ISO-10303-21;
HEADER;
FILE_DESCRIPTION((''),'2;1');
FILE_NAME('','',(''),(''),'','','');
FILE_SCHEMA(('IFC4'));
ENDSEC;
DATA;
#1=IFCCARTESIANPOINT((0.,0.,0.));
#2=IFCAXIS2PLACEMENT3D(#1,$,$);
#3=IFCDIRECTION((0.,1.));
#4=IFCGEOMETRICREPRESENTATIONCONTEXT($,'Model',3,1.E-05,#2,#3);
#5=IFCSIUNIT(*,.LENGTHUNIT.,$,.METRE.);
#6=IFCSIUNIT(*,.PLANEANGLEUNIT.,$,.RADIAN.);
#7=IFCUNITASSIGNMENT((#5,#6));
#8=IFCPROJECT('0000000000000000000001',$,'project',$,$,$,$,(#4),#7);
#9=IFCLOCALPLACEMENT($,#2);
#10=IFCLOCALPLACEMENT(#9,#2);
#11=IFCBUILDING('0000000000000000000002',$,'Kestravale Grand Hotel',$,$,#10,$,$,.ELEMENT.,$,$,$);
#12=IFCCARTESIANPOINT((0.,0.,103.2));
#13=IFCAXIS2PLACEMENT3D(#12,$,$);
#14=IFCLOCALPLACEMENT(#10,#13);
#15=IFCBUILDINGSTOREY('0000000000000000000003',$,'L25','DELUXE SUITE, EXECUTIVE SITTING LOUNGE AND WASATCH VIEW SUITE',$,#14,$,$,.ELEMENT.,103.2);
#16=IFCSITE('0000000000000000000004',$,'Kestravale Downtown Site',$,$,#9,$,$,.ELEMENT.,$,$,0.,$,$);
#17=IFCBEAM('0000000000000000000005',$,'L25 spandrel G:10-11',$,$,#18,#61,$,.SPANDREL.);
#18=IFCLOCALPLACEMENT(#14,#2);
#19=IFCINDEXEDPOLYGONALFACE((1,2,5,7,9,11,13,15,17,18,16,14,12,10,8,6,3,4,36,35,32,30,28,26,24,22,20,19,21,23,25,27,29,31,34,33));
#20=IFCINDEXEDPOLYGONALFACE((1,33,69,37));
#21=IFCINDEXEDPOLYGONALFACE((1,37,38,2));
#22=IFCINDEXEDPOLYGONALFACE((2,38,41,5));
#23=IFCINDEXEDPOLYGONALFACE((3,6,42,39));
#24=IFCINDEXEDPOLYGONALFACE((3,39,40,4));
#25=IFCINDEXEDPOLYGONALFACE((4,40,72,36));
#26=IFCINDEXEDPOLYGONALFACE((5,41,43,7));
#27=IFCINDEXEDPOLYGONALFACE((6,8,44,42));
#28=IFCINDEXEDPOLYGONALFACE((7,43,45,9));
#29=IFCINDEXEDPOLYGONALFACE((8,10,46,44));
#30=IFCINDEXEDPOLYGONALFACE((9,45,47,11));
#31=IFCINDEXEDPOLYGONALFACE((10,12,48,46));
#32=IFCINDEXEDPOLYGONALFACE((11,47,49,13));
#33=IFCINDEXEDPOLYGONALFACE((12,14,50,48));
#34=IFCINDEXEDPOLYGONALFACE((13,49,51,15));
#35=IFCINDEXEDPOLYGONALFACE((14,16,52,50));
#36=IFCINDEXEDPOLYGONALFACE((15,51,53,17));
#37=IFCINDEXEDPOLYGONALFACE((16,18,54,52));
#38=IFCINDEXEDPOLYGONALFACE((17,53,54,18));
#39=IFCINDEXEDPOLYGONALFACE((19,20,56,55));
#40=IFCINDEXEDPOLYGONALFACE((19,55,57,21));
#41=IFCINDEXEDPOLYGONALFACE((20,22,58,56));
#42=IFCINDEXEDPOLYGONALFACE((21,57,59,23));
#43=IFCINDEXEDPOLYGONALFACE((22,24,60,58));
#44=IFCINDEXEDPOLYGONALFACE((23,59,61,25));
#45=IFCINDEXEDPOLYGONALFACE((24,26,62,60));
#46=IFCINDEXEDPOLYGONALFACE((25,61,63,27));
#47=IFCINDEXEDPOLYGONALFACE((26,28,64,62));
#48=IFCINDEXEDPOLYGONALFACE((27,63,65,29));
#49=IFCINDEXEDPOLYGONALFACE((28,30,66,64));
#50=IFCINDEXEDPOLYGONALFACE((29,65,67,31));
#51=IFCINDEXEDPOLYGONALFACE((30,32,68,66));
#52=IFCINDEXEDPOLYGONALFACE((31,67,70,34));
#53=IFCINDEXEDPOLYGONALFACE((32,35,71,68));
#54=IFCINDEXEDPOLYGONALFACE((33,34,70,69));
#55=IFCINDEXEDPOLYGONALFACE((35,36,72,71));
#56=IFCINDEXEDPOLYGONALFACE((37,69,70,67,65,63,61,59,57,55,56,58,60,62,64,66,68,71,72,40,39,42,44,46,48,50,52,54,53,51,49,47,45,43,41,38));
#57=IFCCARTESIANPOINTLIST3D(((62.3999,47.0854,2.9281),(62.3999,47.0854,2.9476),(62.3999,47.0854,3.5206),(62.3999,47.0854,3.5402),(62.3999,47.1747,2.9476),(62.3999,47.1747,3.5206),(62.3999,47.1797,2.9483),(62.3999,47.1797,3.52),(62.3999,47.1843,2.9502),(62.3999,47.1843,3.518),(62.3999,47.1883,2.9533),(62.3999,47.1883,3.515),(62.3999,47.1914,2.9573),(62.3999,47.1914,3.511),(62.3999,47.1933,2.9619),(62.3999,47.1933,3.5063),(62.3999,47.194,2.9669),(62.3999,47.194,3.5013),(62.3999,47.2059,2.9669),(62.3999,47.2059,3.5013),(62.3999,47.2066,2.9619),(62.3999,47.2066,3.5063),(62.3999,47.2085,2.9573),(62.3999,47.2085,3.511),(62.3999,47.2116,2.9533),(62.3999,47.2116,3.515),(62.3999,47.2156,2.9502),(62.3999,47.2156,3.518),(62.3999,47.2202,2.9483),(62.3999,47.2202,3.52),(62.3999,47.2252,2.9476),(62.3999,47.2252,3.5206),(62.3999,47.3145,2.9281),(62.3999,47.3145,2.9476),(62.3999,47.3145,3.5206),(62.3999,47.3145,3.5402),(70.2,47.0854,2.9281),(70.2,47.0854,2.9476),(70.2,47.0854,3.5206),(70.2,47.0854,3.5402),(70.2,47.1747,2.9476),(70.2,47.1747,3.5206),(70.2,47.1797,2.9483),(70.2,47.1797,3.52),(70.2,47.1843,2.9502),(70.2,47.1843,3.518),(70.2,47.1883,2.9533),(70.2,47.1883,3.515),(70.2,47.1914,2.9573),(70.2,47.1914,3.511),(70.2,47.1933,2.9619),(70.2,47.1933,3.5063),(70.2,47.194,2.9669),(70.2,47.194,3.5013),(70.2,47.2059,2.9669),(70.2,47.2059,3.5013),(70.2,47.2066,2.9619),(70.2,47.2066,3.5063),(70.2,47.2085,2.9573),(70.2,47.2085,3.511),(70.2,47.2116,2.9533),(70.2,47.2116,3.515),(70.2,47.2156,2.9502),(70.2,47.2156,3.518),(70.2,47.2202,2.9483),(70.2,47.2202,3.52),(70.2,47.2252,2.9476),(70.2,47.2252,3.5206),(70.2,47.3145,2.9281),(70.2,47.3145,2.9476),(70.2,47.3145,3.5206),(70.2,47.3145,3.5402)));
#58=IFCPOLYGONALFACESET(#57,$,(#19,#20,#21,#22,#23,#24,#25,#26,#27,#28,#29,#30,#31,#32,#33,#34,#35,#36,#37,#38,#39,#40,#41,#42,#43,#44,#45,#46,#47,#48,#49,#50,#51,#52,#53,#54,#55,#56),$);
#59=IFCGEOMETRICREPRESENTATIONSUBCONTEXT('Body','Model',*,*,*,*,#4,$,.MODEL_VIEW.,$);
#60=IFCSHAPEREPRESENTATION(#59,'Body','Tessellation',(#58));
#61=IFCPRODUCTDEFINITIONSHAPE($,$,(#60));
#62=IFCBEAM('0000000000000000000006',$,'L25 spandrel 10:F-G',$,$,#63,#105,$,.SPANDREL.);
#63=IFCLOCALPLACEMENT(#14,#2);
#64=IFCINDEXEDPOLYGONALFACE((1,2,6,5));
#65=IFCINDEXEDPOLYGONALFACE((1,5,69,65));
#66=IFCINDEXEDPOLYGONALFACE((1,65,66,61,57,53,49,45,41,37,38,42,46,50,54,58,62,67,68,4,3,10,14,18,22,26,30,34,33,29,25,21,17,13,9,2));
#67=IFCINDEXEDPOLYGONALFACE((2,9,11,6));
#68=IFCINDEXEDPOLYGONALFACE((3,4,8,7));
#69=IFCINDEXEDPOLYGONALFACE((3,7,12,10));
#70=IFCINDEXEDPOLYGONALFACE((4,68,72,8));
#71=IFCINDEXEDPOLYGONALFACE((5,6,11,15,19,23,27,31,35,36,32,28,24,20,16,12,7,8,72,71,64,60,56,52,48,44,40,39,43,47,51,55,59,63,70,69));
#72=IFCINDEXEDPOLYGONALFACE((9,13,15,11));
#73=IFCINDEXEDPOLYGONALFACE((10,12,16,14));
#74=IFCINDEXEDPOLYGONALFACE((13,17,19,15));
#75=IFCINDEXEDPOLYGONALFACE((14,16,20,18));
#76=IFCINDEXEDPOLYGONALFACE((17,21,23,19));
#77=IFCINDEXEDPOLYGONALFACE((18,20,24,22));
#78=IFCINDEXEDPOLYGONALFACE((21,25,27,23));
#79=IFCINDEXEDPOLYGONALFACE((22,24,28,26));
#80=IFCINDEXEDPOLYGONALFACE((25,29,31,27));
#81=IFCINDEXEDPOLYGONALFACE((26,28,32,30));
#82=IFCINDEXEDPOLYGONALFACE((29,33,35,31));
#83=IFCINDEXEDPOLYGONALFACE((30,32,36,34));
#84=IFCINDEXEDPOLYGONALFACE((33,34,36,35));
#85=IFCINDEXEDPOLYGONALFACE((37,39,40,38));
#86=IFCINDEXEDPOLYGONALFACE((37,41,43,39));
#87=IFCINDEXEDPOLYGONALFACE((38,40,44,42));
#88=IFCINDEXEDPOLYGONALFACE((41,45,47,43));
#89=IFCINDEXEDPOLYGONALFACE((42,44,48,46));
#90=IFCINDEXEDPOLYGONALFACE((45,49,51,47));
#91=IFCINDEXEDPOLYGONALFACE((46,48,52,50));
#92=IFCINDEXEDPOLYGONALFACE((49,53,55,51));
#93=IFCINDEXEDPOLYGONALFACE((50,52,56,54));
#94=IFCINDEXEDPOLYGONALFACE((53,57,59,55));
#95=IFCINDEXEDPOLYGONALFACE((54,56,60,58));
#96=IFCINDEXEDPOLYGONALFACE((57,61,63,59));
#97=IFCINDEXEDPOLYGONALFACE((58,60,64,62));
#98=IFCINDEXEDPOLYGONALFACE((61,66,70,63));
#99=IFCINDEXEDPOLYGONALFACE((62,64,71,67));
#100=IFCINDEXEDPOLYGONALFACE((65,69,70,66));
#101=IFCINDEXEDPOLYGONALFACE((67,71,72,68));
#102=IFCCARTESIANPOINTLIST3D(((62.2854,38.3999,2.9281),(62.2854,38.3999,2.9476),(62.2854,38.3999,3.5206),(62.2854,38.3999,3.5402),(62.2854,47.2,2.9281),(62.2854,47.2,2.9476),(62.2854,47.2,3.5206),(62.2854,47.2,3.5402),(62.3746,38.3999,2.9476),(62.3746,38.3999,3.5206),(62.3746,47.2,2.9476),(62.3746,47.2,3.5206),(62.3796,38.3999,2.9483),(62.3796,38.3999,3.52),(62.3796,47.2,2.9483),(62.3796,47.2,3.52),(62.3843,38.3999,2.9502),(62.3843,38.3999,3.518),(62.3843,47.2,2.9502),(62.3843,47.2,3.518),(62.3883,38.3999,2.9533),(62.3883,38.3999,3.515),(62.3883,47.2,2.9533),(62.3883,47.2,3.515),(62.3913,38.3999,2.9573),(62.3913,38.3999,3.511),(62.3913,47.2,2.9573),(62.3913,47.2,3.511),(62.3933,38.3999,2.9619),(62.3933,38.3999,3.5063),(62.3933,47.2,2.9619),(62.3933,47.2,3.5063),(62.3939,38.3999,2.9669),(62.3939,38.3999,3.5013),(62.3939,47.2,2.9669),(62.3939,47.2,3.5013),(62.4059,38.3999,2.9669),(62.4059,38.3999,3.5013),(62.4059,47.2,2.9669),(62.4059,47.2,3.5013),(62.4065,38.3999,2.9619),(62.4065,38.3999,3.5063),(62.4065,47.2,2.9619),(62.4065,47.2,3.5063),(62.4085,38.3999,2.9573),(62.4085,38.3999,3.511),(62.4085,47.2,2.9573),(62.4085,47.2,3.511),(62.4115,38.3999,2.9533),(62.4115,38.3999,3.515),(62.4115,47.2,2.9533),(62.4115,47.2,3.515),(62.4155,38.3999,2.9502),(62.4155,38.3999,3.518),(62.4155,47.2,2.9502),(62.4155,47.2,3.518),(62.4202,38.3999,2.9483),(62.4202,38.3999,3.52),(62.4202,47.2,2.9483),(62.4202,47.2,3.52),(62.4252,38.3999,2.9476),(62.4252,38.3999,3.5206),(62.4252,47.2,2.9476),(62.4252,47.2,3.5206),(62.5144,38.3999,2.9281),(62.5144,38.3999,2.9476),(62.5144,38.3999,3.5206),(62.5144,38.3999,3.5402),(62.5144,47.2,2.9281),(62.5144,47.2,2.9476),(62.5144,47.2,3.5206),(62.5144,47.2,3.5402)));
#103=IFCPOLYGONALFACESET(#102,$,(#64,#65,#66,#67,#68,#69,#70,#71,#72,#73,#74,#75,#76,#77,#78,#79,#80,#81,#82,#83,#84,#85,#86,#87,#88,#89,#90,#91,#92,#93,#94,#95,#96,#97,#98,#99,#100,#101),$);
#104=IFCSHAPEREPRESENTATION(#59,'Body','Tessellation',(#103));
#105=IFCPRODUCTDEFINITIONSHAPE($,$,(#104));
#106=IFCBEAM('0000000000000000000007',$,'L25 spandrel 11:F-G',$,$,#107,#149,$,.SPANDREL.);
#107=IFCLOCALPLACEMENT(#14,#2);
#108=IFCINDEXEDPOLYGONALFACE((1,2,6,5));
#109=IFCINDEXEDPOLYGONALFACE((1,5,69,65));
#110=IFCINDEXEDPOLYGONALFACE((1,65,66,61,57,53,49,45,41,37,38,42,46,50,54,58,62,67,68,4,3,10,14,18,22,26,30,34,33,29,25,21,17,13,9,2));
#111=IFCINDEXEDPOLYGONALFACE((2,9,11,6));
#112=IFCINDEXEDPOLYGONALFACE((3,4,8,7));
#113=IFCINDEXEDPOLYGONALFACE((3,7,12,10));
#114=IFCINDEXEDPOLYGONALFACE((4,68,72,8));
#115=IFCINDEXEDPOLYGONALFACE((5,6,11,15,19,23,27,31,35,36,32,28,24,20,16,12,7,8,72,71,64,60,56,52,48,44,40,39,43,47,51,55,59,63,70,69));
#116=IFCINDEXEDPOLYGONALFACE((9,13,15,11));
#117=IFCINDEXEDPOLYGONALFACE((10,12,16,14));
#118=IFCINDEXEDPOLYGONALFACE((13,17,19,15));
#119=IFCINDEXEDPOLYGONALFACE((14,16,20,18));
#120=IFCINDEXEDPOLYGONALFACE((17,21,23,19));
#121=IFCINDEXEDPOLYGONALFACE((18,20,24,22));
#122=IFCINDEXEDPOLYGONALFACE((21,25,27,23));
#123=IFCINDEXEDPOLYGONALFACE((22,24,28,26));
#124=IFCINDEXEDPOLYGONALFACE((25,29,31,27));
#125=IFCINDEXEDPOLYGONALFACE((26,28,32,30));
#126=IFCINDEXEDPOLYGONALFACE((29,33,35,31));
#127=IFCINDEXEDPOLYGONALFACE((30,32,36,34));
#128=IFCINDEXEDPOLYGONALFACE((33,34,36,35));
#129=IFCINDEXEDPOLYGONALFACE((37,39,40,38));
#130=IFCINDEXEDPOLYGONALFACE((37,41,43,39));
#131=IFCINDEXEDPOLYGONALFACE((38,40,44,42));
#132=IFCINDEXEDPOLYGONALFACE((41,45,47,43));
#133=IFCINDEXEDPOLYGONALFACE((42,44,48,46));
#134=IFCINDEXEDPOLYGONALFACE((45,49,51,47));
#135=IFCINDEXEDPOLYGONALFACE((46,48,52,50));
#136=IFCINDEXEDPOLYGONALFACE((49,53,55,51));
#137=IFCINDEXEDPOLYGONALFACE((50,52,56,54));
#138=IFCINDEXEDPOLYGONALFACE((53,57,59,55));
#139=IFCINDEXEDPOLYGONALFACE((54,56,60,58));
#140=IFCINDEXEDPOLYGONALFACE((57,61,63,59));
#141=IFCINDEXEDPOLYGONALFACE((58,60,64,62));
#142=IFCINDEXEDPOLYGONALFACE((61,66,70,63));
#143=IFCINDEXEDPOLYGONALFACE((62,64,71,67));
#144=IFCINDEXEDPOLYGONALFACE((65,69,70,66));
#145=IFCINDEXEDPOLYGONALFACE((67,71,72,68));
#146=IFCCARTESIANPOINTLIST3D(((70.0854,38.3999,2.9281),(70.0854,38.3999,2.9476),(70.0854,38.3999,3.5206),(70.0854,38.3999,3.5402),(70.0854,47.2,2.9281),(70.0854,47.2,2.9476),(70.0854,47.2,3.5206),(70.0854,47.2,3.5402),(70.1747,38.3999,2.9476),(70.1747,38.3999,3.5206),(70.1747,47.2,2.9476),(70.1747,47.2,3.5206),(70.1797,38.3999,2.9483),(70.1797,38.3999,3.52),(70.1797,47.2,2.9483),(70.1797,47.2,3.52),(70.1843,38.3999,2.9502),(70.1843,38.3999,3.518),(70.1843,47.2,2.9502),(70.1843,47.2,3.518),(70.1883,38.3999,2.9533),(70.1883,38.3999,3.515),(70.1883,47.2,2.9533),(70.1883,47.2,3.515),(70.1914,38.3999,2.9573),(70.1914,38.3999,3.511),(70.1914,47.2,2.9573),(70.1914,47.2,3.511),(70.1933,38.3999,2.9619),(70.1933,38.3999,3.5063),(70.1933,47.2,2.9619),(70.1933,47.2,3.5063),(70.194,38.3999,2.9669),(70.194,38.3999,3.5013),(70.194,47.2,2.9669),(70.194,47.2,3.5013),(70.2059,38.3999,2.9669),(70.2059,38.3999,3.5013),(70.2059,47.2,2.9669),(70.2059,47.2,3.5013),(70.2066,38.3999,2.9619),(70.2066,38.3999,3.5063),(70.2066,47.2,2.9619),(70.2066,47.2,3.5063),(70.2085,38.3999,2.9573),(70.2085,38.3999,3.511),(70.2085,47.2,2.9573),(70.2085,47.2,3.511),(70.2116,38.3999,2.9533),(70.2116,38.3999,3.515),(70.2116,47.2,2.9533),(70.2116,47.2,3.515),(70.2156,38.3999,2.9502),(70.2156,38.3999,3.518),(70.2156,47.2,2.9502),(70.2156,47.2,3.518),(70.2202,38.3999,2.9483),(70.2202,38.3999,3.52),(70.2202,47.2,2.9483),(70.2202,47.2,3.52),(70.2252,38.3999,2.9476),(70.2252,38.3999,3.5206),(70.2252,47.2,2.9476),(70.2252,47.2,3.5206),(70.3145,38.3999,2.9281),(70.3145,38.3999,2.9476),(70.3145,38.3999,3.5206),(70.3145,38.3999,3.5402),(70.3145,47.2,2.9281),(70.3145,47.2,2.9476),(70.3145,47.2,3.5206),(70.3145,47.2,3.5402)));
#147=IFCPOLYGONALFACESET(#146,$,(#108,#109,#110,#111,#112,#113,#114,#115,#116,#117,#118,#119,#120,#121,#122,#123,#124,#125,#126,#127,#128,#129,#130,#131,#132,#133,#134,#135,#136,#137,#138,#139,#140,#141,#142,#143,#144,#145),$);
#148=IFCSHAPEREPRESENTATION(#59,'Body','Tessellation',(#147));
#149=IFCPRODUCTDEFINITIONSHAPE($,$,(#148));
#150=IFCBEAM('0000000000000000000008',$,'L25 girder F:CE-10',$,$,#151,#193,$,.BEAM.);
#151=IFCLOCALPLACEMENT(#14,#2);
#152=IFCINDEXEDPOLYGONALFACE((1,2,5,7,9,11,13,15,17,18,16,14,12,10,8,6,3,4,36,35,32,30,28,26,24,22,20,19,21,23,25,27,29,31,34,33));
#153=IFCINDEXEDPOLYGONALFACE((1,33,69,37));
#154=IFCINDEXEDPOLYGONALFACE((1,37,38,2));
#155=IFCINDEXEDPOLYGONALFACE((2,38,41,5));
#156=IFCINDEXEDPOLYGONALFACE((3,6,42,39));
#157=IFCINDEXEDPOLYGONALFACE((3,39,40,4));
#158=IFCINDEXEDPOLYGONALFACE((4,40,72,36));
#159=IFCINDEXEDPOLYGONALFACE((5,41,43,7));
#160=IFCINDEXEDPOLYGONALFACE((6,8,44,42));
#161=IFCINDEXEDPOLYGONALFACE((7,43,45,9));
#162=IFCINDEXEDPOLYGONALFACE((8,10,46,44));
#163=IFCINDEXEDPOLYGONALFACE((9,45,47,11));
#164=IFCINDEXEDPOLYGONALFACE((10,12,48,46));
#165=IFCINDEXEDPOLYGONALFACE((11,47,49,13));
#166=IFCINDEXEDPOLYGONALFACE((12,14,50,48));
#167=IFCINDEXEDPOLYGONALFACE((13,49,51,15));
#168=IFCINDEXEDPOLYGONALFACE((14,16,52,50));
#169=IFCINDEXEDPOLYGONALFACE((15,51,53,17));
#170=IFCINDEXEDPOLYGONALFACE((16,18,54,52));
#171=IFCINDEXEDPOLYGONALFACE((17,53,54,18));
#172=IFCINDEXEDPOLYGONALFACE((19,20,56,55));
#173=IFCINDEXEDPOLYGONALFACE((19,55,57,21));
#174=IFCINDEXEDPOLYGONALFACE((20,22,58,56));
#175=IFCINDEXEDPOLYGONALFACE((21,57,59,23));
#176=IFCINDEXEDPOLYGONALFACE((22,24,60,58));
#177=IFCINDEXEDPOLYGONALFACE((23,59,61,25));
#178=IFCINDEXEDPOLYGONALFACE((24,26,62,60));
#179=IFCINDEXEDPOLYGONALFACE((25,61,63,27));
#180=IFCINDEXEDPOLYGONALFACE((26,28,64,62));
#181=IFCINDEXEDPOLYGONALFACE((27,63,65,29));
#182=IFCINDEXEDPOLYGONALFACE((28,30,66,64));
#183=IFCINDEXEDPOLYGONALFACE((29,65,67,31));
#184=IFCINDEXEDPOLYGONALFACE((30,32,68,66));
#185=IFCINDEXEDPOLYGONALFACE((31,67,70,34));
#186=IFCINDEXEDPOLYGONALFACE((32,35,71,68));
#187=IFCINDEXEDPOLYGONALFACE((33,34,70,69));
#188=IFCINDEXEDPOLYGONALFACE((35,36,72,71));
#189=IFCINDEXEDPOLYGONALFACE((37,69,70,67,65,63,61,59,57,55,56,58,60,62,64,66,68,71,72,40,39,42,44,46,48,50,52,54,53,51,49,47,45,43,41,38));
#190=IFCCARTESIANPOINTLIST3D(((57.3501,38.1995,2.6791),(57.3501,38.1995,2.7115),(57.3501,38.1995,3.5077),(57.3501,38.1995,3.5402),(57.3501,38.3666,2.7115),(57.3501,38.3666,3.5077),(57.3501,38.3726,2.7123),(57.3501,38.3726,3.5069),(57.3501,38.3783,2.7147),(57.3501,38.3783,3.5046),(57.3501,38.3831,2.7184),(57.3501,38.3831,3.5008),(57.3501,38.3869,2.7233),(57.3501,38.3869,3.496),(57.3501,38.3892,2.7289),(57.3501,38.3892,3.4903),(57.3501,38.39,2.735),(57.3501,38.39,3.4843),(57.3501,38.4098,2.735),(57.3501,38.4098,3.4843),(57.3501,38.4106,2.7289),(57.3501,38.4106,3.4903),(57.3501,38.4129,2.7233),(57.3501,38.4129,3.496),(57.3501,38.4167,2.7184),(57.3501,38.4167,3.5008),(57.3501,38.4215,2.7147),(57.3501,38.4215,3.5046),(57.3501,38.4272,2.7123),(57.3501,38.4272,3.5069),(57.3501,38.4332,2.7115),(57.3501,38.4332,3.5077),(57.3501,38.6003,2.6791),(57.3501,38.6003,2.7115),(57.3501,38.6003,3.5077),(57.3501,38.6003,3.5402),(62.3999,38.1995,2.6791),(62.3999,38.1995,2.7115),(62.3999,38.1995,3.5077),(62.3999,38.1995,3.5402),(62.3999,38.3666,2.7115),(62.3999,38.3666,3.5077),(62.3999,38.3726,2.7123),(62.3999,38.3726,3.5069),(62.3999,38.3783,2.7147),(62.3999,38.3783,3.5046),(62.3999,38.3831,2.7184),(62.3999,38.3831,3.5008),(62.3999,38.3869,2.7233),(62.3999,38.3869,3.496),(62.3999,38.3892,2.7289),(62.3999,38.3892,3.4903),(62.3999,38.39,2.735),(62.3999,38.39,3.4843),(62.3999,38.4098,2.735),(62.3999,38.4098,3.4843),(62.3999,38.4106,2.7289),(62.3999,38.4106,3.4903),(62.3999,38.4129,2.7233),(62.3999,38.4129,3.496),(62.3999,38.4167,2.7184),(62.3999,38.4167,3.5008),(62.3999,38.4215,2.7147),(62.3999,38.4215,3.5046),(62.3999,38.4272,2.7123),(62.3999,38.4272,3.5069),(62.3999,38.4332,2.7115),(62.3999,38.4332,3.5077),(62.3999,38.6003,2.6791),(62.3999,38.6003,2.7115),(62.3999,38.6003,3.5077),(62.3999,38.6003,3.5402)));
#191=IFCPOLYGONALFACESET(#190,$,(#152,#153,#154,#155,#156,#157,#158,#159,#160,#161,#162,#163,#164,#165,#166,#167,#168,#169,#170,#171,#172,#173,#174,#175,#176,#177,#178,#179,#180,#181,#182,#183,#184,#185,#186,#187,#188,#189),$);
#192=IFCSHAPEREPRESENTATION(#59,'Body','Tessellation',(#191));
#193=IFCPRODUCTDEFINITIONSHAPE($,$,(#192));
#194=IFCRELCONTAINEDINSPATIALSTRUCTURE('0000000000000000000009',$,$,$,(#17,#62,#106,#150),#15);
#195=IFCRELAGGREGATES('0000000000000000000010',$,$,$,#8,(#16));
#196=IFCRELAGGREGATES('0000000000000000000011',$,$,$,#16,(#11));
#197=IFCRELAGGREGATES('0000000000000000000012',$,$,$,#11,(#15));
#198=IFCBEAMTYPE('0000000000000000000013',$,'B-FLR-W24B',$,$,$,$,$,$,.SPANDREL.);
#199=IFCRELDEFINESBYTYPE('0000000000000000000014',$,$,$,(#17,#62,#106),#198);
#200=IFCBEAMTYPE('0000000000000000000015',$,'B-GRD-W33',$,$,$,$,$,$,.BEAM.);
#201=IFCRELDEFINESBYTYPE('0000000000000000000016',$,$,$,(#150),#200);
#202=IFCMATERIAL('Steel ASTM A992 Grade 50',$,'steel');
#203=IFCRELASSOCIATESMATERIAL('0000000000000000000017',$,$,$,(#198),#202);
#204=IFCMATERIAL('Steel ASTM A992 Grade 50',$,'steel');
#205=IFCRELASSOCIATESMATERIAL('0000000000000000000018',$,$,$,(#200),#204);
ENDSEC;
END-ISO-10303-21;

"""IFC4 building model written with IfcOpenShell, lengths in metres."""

from ifc_helpers import new_model, si_unit, direction, frame, origin, origin_2d, place, context, subcontext, project, spatial, i_section, extrude, material, material_profile, profile_set, type_object, element, save


model = new_model("IFC4")

# Units and contexts
model_context = context("Model", 3, precision=1e-05, world=origin(), true_north=direction((0.0, 1.0)))
body_context = subcontext(model_context, "Body", "Model", "MODEL_VIEW")
ifc_project = project(units=[si_unit("LENGTHUNIT", "METRE"), si_unit("PLANEANGLEUNIT", "RADIAN")], contexts=[model_context])

# Site, building, storey
site_placement = place(None, origin())
site = spatial("IfcSite", under=ifc_project, at=site_placement, Name="Kestravale Downtown Site", CompositionType="ELEMENT", RefElevation=0.0)
building_placement = place(site_placement, origin())
building = spatial("IfcBuilding", under=site, at=building_placement, Name="Kestravale Grand Hotel", CompositionType="ELEMENT")
storey_placement = place(building_placement, frame((0.0, 0.0, 103.2)))
storey = spatial("IfcBuildingStorey", under=building, at=storey_placement, Name="L25", Description="DELUXE SUITE, EXECUTIVE SITTING LOUNGE AND WASATCH VIEW SUITE", CompositionType="ELEMENT", Elevation=103.2)

# Beams
ifc_material_1 = material(Name="Steel ASTM A992 Grade 50", Category="steel")
ifc_material_profile_1 = material_profile(ifc_material_1, i_section(OverallWidth=0.229, OverallDepth=0.6121, WebThickness=0.012, FlangeThickness=0.0195, FilletRadius=0.0193, at=origin_2d()))
ifc_profile_set_1 = profile_set([ifc_material_profile_1], Name="Steel ASTM A992 Grade 50")
beam_type_1 = type_object("IfcBeamType", Name="B-FLR-W24B", PredefinedType="SPANDREL", material=ifc_profile_set_1)
beam_1_placement = place(storey_placement, frame((62.3999, 47.2, 3.2341), z_axis=(1.0, 0.0, 0.0), x_axis=(0.0, 1.0, 0.0)))
element("IfcBeam", 1, at=beam_1_placement, inside=storey, type_object=beam_type_1, Name="L25 spandrel G:10-11", PredefinedType="SPANDREL", context=body_context, shape_type="SweptSolid", body=[
    extrude(i_section(OverallWidth=0.229, OverallDepth=0.6121, WebThickness=0.012, FlangeThickness=0.0195, FilletRadius=0.0193, at=origin_2d()), origin(), (0.0, 0.0, 1.0), 7.8),
])
for number, where, z_axis, x_axis, name in (
    (2, (62.3999, 38.3999, 3.2341), (0.0, 1.0, 0.0), (-1.0, 0.0, 0.0), "L25 spandrel 10:F-G"),
    (3, (70.2, 38.3999, 3.2341), (0.0, 1.0, 0.0), (-1.0, 0.0, 0.0), "L25 spandrel 11:F-G"),
):
    element("IfcBeam", number, at=place(storey_placement, frame(where, z_axis=z_axis, x_axis=x_axis)), inside=storey, type_object=beam_type_1, Name=name, PredefinedType="SPANDREL", context=body_context, shape_type="SweptSolid", body=[
        extrude(i_section(OverallWidth=0.229, OverallDepth=0.6121, WebThickness=0.012, FlangeThickness=0.0195, FilletRadius=0.0193, at=origin_2d()), origin(), (0.0, 0.0, 1.0), 8.8),
    ])
ifc_material_2 = material(Name="Steel ASTM A992 Grade 50", Category="steel")
ifc_material_profile_2 = material_profile(ifc_material_2, i_section(OverallWidth=0.4009, OverallDepth=0.8611, WebThickness=0.0198, FlangeThickness=0.0325, FilletRadius=0.0234, at=origin_2d()))
ifc_profile_set_2 = profile_set([ifc_material_profile_2], Name="Steel ASTM A992 Grade 50")
beam_type_2 = type_object("IfcBeamType", Name="B-GRD-W33", PredefinedType="BEAM", material=ifc_profile_set_2)
beam_2_placement = place(storey_placement, frame((57.3501, 38.3999, 3.1096), z_axis=(1.0, 0.0, 0.0), x_axis=(0.0, 1.0, 0.0)))
element("IfcBeam", 4, at=beam_2_placement, inside=storey, type_object=beam_type_2, Name="L25 girder F:CE-10", PredefinedType="BEAM", context=body_context, shape_type="SweptSolid", body=[
    extrude(i_section(OverallWidth=0.4009, OverallDepth=0.8611, WebThickness=0.0198, FlangeThickness=0.0325, FilletRadius=0.0234, at=origin_2d()), origin(), (0.0, 0.0, 1.0), 5.0498),
])

save(model, "model.ifc")
